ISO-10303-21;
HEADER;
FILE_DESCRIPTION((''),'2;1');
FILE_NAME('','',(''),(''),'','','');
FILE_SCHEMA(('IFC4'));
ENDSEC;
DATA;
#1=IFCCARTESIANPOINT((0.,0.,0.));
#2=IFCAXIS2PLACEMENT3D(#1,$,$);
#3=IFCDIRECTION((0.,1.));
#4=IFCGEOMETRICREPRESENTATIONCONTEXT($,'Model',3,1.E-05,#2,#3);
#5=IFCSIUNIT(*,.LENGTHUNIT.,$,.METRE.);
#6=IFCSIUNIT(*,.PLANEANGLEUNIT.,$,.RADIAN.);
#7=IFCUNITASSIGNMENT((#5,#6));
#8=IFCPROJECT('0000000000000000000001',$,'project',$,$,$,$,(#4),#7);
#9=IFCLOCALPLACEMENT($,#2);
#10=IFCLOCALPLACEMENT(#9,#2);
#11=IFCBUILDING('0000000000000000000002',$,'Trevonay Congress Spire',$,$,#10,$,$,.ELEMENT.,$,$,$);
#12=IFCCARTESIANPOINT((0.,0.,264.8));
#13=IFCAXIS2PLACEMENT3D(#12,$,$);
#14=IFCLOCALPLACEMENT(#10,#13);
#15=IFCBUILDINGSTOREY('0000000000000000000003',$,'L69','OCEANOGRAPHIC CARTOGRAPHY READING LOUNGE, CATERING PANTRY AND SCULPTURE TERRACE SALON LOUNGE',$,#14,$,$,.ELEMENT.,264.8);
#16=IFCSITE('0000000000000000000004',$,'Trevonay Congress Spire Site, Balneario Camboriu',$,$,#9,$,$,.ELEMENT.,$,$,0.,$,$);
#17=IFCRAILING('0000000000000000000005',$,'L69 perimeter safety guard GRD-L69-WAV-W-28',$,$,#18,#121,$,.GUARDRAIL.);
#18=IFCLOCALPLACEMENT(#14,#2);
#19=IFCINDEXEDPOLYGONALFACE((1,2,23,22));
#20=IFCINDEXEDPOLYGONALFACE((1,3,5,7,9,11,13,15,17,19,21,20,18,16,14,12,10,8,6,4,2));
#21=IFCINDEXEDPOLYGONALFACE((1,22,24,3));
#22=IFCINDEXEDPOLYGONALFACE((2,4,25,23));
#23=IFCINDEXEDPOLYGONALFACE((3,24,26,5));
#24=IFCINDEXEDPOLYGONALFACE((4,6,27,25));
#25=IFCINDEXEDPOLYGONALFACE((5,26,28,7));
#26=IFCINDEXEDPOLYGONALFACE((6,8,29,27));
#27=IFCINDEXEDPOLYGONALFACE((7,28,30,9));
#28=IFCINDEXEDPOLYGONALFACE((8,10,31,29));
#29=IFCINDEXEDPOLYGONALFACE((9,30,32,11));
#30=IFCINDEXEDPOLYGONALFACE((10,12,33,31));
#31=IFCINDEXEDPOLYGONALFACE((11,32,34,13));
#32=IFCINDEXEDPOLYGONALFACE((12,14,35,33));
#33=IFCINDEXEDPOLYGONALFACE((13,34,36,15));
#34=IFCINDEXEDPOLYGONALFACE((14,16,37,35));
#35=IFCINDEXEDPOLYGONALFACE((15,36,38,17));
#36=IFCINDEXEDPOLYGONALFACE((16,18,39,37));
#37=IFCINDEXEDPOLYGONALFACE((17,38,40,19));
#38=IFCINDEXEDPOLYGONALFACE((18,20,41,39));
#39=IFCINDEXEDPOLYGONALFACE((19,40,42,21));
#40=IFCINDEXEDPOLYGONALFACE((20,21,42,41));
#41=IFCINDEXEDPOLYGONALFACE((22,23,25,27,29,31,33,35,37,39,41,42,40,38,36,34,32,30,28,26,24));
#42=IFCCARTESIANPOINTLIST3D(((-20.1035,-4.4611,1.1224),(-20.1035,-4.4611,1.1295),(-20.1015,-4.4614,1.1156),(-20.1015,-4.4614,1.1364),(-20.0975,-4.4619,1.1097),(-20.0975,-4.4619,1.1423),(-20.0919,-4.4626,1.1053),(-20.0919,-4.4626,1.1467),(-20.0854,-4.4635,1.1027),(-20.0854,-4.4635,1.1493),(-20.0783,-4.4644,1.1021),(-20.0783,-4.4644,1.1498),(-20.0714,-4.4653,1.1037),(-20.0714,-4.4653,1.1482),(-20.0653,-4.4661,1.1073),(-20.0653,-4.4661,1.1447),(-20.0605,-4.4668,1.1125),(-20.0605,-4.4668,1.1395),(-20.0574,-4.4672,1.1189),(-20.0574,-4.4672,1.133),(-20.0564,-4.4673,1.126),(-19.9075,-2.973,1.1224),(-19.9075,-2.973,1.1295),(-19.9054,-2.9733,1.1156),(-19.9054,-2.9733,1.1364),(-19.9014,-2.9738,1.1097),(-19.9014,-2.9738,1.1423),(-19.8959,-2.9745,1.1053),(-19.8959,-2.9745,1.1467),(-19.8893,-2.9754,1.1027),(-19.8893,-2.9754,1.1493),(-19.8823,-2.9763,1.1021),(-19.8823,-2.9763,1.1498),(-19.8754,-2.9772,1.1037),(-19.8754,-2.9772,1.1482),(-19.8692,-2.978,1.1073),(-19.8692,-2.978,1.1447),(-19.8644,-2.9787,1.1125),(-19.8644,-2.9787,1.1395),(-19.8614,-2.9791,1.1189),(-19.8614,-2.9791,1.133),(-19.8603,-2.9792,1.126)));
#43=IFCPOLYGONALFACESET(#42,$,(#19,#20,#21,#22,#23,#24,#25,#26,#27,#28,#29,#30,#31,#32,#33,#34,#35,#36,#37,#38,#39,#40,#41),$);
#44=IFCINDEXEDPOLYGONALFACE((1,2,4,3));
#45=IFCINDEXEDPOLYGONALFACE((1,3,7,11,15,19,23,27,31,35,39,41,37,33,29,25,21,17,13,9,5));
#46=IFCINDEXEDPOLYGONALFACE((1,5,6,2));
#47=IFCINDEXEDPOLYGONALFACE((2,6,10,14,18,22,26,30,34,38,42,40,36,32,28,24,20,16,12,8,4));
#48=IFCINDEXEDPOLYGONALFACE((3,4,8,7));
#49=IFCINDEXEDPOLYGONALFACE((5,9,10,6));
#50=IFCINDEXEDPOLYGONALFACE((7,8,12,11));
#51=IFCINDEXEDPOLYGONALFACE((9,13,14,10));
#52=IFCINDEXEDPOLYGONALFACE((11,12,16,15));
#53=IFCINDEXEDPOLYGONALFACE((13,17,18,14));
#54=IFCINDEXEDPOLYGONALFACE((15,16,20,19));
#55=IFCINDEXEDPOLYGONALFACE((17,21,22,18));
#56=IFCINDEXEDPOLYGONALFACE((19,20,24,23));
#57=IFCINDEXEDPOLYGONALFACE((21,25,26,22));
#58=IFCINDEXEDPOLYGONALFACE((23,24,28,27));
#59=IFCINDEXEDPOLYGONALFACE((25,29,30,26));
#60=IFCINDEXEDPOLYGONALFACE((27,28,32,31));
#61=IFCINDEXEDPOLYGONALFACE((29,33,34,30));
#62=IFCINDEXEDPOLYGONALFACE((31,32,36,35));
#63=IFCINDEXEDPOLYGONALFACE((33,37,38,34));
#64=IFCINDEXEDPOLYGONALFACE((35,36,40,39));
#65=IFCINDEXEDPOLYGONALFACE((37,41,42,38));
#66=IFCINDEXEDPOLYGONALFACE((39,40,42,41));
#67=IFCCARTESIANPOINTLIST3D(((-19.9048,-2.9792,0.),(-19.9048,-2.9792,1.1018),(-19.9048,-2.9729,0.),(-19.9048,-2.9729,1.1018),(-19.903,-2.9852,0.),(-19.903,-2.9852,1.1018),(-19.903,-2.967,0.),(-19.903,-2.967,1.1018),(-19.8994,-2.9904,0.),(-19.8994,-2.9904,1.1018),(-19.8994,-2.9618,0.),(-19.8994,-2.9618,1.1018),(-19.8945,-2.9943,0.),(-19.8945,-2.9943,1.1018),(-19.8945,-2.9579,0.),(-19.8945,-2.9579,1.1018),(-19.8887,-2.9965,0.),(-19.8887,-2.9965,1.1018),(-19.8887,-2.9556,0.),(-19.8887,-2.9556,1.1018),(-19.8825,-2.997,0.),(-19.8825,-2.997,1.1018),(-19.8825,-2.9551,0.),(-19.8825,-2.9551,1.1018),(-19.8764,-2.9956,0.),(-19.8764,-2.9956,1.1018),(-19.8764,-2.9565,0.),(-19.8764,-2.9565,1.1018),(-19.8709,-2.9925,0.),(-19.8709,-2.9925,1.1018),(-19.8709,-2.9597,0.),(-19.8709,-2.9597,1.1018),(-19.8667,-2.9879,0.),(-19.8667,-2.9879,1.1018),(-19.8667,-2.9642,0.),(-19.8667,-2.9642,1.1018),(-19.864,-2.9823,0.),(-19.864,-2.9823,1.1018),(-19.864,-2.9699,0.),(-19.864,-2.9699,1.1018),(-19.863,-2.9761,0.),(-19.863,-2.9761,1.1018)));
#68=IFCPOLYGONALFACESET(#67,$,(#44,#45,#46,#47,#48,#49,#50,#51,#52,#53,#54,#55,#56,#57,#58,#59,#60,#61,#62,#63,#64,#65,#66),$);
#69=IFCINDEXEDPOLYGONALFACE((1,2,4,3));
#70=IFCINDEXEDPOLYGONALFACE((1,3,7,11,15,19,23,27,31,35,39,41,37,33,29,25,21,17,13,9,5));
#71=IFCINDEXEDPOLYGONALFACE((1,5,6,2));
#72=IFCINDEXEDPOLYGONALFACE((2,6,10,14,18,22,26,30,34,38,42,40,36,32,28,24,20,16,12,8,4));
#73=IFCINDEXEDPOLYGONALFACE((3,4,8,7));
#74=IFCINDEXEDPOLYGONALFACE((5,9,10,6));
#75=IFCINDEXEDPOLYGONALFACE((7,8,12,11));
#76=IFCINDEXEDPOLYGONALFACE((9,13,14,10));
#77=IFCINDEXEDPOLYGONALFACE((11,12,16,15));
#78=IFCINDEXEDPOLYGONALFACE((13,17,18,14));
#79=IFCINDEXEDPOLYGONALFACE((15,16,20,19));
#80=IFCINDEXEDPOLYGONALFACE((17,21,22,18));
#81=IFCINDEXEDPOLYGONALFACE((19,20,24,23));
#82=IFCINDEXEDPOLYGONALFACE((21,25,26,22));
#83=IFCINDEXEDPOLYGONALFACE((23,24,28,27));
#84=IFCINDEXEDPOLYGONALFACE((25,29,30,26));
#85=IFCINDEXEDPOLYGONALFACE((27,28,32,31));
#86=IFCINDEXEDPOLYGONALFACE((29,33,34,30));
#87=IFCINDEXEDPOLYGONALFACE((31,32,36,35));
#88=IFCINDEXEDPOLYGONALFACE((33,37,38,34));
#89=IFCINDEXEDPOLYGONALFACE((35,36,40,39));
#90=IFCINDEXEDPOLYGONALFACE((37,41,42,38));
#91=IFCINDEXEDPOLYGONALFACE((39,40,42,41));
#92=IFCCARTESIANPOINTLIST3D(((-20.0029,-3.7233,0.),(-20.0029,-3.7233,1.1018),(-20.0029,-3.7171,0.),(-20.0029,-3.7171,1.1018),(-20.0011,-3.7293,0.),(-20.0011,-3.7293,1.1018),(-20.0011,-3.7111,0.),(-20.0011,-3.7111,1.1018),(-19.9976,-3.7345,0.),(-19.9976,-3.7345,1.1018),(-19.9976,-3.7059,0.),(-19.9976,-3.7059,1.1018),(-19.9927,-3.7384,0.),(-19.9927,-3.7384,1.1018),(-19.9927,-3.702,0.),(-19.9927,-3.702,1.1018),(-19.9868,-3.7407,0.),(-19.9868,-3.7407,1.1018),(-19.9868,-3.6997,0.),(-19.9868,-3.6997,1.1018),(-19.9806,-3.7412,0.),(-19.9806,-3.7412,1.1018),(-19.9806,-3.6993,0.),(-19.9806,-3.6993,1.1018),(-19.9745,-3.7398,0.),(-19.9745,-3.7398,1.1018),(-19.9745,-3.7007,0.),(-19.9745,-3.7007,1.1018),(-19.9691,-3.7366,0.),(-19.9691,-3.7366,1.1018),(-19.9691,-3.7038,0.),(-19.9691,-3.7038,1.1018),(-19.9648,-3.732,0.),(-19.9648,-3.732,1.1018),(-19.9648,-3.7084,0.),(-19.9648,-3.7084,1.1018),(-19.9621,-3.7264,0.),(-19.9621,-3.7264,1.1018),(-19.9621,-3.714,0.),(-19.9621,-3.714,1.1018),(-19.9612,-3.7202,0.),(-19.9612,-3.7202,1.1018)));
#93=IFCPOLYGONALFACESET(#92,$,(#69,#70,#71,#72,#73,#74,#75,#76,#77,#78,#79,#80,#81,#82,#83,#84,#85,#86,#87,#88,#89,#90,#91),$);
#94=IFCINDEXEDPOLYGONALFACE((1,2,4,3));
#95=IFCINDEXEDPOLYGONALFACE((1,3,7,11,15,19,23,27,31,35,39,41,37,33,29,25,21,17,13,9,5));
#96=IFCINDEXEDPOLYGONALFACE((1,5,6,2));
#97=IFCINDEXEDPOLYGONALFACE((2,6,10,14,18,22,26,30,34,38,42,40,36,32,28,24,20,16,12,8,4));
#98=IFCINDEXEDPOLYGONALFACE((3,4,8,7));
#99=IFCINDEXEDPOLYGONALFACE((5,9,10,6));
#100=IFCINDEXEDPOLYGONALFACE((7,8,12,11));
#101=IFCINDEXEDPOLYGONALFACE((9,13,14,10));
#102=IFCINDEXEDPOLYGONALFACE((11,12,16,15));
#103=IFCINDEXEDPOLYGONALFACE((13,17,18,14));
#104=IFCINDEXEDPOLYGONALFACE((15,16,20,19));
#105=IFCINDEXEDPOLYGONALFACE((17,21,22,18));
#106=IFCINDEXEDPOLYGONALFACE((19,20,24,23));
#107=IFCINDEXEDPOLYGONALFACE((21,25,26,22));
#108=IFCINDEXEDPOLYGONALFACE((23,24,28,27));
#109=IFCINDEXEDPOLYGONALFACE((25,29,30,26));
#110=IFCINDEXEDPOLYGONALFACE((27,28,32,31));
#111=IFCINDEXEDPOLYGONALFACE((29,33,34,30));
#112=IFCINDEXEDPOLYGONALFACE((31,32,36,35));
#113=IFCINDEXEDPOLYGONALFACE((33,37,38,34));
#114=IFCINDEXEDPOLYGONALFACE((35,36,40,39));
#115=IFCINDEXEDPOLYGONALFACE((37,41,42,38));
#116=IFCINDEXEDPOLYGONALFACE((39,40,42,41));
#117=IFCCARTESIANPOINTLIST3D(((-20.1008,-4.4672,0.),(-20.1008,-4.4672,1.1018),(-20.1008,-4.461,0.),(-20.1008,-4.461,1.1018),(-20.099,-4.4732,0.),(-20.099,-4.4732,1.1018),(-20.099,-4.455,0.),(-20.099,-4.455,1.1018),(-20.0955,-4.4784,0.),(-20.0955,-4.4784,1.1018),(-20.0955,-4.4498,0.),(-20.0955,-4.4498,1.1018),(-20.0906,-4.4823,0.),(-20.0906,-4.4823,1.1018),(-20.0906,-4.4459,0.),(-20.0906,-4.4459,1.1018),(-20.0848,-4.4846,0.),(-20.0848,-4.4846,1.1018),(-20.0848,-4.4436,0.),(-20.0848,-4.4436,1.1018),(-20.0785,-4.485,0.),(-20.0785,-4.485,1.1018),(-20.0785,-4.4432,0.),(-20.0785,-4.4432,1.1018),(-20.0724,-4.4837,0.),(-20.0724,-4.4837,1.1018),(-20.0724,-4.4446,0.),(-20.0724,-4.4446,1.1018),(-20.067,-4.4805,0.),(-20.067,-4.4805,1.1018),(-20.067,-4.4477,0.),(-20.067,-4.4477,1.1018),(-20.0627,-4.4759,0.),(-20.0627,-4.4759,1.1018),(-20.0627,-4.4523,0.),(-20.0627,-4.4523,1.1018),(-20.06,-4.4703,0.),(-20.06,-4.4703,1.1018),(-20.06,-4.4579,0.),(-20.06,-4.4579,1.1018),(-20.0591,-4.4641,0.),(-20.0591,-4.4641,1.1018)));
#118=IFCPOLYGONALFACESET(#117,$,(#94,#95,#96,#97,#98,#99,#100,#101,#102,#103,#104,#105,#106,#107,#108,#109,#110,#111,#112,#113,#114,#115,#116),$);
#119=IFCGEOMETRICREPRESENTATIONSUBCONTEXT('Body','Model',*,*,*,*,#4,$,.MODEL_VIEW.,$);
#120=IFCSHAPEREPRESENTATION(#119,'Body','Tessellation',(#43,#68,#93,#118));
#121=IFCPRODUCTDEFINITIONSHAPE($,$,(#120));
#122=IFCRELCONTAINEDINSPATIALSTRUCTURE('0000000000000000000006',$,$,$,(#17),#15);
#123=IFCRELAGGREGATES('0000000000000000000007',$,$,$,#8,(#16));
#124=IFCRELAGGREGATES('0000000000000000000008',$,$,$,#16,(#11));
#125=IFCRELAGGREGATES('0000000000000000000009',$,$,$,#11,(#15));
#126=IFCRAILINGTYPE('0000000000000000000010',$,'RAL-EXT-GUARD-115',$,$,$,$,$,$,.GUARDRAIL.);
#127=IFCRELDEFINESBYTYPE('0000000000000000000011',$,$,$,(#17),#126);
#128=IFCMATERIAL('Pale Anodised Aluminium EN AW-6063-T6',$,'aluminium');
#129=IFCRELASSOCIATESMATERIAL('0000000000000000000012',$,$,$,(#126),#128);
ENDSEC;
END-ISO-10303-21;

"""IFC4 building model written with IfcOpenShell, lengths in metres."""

from ifc_helpers import new_model, si_unit, direction, frame, origin, origin_2d, place, context, subcontext, project, spatial, circle, extrude, material, type_object, element, save


model = new_model("IFC4")

# Units and contexts
model_context = context("Model", 3, precision=1e-05, world=origin(), true_north=direction((0.0, 1.0)))
body_context = subcontext(model_context, "Body", "Model", "MODEL_VIEW")
ifc_project = project(units=[si_unit("LENGTHUNIT", "METRE"), si_unit("PLANEANGLEUNIT", "RADIAN")], contexts=[model_context])

# Site, building, storey
site_placement = place(None, origin())
site = spatial("IfcSite", under=ifc_project, at=site_placement, Name="Trevonay Congress Spire Site, Balneario Camboriu", CompositionType="ELEMENT", RefElevation=0.0)
building_placement = place(site_placement, origin())
building = spatial("IfcBuilding", under=site, at=building_placement, Name="Trevonay Congress Spire", CompositionType="ELEMENT")
storey_placement = place(building_placement, frame((0.0, 0.0, 264.8)))
storey = spatial("IfcBuildingStorey", under=building, at=storey_placement, Name="L69", Description="OCEANOGRAPHIC CARTOGRAPHY READING LOUNGE, CATERING PANTRY AND SCULPTURE TERRACE SALON LOUNGE", CompositionType="ELEMENT", Elevation=264.8)

# Shared definitions
ifc_material_1 = material(Name="Pale Anodised Aluminium EN AW-6063-T6", Category="aluminium")

# Railing
railing_type = type_object("IfcRailingType", Name="RAL-EXT-GUARD-115", PredefinedType="GUARDRAIL", material=ifc_material_1)
railing_1_placement = place(storey_placement, frame((-19.884, -2.9761, 0.0)))
element("IfcRailing", 1, at=railing_1_placement, inside=storey, type_object=railing_type, Name="L69 perimeter safety guard GRD-L69-WAV-W-28", PredefinedType="GUARDRAIL", context=body_context, shape_type="SweptSolid", body=[
    extrude(circle(Radius=0.0239, at=origin_2d()), frame((0.0, 0.0, 1.126), z_axis=(-0.130619, -0.991433, 0.0), x_axis=(0.991433, -0.130619, 0.0)), (0.0, 0.0, 1.0), 1.501),
    extrude(circle(Radius=0.021, at=origin_2d()), origin(), (0.0, 0.0, 1.0), 1.1018),
    extrude(circle(Radius=0.021, at=origin_2d()), frame((-0.0981, -0.7441, 0.0)), (0.0, 0.0, 1.0), 1.1018),
    extrude(circle(Radius=0.021, at=origin_2d()), frame((-0.196, -1.488, 0.0)), (0.0, 0.0, 1.0), 1.1018),
])

save(model, "model.ifc")
